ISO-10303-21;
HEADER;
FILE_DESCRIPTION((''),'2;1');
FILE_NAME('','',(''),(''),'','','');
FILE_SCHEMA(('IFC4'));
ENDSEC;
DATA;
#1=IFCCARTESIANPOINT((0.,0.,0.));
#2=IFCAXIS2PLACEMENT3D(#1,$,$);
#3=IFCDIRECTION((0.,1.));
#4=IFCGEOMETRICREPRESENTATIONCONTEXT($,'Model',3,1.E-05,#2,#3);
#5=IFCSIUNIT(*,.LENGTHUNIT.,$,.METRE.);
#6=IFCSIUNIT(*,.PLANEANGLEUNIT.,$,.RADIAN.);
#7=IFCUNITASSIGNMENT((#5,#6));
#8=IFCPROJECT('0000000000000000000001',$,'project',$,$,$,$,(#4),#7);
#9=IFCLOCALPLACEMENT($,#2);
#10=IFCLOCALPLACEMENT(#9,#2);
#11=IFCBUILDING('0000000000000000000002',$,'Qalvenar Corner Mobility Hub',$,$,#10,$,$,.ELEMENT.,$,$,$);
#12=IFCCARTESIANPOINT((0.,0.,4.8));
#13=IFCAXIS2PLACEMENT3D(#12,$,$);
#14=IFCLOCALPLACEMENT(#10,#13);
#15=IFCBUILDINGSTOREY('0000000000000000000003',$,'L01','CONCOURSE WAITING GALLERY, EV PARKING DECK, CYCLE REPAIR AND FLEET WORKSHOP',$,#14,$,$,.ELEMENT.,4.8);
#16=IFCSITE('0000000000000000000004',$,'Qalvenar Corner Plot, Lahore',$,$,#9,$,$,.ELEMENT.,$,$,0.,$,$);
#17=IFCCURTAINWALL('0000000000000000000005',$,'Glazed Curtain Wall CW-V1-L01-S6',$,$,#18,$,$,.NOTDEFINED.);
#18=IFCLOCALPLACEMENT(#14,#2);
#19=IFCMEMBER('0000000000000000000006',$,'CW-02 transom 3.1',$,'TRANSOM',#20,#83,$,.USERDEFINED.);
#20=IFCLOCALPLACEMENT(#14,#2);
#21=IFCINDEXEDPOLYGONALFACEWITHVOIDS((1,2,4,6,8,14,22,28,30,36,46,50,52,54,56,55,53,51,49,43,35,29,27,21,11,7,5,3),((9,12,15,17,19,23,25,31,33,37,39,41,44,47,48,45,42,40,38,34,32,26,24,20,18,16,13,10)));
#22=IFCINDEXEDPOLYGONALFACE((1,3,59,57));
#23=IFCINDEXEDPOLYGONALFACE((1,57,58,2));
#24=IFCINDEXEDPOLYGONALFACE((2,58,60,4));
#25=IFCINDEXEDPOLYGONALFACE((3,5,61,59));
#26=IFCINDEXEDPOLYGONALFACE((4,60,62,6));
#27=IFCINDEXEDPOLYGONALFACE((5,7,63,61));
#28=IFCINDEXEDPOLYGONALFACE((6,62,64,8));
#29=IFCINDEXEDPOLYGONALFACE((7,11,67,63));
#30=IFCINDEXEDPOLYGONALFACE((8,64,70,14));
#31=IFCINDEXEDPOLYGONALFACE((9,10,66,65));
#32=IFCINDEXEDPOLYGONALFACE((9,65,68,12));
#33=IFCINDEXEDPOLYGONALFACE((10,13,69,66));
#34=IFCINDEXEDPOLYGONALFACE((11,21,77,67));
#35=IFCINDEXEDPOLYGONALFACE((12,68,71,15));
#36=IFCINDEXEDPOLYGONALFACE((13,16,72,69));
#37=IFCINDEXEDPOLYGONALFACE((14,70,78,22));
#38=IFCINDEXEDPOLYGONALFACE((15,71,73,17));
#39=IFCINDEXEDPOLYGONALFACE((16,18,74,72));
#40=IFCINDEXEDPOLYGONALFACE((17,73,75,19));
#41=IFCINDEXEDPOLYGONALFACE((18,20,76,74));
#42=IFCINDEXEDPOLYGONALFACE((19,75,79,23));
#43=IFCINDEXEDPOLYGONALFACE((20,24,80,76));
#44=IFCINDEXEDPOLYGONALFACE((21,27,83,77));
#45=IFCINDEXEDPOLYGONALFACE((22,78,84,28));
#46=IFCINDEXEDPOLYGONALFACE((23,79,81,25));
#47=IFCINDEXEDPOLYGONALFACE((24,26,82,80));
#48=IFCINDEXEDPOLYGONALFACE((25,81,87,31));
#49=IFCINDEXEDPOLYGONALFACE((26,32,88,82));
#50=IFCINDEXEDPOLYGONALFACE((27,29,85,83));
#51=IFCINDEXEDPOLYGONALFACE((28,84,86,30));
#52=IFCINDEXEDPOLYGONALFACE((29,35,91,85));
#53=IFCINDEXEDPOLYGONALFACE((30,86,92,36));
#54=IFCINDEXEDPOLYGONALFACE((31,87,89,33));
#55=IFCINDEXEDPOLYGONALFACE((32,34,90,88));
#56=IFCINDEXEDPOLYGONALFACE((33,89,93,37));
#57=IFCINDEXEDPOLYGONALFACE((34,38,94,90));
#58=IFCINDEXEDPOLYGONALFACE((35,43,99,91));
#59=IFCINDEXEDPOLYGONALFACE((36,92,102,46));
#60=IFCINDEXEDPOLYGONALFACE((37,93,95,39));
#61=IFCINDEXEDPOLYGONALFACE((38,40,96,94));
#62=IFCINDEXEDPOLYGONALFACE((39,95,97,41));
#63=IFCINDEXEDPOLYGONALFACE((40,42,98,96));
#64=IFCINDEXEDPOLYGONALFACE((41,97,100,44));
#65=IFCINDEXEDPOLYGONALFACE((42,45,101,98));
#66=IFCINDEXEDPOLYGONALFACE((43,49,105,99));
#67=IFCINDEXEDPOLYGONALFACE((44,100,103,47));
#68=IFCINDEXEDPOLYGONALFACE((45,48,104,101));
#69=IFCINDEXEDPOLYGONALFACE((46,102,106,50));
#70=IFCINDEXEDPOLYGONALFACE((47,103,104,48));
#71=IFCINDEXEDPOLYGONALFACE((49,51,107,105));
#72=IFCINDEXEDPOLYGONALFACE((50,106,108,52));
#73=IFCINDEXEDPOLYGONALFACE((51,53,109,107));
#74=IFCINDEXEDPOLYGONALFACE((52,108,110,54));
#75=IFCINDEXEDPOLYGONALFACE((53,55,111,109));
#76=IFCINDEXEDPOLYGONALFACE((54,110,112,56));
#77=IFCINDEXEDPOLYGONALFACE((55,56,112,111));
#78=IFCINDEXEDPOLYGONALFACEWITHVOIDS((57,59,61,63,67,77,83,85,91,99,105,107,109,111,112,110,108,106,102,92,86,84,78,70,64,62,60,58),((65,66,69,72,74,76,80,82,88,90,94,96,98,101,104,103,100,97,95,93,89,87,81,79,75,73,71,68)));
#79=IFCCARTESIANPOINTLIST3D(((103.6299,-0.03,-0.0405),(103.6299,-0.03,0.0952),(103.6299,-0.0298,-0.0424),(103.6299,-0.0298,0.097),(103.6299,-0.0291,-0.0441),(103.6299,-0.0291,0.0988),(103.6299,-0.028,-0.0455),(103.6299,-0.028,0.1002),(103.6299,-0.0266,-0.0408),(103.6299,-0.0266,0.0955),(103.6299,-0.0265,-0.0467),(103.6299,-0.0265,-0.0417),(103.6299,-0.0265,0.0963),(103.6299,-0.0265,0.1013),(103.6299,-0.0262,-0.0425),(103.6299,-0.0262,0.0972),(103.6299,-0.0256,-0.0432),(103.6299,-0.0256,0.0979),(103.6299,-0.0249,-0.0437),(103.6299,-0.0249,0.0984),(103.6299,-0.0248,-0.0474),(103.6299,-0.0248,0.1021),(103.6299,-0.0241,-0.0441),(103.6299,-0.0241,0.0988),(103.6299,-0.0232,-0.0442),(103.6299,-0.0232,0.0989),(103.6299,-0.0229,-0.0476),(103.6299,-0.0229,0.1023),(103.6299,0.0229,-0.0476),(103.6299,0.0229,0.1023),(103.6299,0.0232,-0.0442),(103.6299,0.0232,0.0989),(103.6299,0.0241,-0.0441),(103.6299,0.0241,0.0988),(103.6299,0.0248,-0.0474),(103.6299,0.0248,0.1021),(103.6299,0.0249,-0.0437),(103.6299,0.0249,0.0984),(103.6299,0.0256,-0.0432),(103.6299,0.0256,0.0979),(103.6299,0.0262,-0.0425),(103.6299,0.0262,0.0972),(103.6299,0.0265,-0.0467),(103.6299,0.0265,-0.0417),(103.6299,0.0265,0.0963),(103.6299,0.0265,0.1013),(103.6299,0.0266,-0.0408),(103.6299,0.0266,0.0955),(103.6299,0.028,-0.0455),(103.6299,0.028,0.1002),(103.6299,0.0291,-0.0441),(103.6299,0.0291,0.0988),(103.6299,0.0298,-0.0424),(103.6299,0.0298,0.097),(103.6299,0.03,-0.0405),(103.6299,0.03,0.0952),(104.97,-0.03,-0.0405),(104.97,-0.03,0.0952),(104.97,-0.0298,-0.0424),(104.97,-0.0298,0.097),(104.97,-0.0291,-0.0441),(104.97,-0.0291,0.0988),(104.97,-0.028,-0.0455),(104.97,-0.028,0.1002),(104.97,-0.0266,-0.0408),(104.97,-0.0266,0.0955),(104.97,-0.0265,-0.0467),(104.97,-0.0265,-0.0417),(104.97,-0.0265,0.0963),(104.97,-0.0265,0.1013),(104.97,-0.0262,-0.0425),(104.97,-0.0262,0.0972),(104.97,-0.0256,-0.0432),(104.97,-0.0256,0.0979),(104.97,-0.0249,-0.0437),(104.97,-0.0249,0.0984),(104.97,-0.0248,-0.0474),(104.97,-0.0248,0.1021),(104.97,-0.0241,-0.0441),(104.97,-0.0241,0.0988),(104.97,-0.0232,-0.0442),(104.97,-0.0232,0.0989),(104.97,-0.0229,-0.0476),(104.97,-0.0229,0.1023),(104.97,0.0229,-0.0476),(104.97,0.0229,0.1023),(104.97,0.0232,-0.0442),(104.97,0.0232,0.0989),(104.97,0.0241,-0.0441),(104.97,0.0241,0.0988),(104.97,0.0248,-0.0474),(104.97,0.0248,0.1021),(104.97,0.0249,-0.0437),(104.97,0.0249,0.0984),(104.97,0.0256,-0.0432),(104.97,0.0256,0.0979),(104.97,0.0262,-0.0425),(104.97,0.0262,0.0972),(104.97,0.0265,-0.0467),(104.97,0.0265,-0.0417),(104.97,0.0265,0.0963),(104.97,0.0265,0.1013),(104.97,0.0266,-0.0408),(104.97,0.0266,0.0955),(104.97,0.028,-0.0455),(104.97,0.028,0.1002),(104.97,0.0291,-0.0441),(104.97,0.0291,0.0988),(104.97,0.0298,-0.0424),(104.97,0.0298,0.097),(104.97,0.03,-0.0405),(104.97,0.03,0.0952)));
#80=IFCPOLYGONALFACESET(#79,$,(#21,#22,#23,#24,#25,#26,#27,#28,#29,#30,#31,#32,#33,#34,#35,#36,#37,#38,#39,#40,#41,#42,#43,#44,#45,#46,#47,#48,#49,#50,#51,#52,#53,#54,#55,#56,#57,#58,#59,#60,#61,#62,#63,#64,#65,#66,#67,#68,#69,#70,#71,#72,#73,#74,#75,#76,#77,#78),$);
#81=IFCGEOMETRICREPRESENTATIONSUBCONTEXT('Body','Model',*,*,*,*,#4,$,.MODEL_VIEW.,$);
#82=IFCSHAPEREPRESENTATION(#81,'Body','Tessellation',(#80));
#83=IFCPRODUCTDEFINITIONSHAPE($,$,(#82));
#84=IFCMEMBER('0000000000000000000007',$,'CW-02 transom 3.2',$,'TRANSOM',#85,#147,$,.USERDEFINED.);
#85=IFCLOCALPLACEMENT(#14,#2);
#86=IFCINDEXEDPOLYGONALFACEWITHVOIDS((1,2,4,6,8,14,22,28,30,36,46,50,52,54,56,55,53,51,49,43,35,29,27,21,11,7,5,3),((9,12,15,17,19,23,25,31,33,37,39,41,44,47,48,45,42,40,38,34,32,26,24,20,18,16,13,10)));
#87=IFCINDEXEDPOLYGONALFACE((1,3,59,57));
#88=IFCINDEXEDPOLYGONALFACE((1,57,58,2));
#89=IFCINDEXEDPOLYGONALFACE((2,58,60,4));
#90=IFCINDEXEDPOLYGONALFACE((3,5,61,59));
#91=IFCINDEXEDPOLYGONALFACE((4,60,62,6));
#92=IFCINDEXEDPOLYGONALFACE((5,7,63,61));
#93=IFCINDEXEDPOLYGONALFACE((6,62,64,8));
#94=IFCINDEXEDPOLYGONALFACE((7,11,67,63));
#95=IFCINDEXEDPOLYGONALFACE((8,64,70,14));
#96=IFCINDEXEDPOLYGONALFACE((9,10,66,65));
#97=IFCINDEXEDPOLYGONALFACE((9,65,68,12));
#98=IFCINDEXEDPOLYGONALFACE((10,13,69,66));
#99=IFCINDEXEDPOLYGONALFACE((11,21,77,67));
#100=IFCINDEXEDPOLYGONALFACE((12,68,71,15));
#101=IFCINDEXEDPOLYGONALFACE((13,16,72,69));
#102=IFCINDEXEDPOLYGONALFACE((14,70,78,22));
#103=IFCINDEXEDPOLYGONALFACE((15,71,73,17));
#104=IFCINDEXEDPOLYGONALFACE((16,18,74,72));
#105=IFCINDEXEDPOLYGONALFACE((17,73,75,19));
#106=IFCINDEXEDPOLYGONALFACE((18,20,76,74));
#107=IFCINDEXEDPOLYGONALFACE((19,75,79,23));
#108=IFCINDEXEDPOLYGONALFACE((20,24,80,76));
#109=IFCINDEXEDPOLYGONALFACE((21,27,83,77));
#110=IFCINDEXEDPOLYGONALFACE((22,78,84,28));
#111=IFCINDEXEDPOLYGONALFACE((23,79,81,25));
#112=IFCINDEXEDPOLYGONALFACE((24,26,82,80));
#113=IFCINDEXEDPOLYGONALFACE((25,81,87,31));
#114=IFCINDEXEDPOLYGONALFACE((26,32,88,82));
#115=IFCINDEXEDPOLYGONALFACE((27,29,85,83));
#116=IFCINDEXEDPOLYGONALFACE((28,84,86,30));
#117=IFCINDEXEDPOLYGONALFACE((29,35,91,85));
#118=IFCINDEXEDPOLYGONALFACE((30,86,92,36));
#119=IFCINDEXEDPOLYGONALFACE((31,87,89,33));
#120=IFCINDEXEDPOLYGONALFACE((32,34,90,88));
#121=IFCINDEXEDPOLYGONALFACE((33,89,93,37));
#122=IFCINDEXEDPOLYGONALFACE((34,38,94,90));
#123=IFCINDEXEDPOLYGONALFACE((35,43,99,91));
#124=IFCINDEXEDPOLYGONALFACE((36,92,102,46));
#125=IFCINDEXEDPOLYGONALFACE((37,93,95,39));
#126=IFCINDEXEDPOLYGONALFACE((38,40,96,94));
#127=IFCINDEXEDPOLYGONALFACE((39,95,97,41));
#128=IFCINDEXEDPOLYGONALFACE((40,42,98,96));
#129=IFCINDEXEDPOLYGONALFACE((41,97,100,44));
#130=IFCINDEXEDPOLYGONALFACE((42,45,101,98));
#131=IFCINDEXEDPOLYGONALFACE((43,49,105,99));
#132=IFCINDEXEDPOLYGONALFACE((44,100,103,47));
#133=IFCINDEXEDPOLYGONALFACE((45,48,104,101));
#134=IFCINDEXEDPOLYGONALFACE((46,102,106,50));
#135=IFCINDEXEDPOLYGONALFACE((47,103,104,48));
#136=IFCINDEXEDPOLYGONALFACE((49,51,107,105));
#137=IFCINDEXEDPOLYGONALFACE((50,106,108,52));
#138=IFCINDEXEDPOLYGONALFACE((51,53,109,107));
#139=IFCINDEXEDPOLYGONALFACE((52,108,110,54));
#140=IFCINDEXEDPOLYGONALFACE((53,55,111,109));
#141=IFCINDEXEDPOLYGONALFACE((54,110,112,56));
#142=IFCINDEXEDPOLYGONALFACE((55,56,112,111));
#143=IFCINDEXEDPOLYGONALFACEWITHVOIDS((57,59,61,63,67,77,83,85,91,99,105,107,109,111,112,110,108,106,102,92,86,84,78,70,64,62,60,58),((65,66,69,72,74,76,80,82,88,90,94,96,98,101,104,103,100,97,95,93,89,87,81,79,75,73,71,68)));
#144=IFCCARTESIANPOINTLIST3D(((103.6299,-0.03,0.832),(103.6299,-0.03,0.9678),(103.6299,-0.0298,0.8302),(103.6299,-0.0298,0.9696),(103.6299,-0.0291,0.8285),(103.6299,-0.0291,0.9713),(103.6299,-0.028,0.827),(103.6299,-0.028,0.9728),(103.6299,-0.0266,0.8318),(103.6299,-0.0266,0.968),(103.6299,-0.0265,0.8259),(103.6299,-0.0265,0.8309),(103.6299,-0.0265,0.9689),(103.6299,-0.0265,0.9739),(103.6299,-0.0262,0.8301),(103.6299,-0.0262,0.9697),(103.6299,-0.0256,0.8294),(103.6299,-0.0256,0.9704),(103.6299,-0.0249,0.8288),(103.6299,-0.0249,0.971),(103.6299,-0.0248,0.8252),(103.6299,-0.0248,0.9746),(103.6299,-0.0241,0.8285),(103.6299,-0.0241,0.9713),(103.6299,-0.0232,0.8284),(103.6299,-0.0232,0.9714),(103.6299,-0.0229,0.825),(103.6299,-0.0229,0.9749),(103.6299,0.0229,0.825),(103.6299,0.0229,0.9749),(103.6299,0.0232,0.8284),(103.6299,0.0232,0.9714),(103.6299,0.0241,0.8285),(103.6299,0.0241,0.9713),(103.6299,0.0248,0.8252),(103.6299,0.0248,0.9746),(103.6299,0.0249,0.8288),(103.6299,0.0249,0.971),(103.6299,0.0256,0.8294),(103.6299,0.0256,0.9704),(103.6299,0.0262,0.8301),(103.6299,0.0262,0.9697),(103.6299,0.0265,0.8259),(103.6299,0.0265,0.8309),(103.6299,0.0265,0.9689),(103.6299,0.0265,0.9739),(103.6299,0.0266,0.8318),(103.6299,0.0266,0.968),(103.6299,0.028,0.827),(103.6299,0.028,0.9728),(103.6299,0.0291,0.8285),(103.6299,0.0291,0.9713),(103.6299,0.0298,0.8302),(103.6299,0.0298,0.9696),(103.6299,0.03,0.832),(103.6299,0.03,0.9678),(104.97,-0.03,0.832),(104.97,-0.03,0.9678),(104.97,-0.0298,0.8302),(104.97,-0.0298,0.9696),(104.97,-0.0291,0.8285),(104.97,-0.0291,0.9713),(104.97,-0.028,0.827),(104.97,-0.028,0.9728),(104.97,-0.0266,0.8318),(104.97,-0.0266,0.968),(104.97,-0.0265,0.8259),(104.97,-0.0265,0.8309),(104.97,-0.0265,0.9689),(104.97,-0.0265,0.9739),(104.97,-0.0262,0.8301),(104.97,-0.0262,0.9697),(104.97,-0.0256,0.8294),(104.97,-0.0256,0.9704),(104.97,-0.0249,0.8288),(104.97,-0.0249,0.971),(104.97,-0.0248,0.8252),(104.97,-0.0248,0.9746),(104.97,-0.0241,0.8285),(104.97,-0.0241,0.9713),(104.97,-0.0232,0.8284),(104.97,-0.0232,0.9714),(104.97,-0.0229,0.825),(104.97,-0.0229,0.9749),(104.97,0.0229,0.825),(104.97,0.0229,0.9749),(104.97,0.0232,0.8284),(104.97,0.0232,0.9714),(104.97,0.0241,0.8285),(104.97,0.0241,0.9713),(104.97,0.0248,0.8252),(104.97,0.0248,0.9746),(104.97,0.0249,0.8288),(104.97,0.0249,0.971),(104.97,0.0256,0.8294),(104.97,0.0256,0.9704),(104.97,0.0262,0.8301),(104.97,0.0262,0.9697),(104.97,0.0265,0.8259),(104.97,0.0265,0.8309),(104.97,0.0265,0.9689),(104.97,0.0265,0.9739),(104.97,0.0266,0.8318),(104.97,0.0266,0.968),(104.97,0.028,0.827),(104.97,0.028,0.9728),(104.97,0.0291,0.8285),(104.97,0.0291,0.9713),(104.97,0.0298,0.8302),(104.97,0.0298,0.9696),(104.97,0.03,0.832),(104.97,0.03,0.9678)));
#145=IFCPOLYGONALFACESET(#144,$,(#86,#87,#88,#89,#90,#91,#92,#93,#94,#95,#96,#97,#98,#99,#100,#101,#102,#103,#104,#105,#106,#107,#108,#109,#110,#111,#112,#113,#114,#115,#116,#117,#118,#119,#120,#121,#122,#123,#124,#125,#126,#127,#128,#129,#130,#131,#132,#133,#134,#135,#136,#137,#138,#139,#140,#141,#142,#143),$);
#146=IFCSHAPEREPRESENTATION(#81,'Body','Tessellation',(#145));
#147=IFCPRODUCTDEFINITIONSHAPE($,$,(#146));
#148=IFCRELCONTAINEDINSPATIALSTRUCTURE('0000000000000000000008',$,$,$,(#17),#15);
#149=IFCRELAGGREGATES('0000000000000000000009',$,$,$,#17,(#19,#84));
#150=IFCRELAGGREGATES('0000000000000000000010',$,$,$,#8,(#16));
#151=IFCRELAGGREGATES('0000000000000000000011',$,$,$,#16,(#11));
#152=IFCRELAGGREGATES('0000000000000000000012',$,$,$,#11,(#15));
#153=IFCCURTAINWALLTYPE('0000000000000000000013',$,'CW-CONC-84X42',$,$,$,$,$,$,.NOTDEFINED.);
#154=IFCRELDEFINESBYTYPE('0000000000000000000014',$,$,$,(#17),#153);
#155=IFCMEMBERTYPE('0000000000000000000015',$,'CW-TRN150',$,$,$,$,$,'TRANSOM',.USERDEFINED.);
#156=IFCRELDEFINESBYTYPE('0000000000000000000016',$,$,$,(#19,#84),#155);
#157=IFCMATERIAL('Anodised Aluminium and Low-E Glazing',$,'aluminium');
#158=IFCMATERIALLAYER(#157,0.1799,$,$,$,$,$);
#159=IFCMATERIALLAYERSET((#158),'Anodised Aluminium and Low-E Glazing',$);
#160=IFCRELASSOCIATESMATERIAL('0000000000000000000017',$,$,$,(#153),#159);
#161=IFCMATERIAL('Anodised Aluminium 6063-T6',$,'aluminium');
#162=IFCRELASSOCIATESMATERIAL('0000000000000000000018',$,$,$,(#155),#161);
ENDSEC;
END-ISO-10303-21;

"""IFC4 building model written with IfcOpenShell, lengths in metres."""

from ifc_helpers import new_model, si_unit, direction, frame, origin, origin_2d, place, context, subcontext, project, spatial, hollow_rectangle, extrude, material, layer, layer_set, material_profile, profile_set, type_object, element, aggregate, save


model = new_model("IFC4")

# Units and contexts
model_context = context("Model", 3, precision=1e-05, world=origin(), true_north=direction((0.0, 1.0)))
body_context = subcontext(model_context, "Body", "Model", "MODEL_VIEW")
ifc_project = project(units=[si_unit("LENGTHUNIT", "METRE"), si_unit("PLANEANGLEUNIT", "RADIAN")], contexts=[model_context])

# Site, building, storey
site_placement = place(None, origin())
site = spatial("IfcSite", under=ifc_project, at=site_placement, Name="Qalvenar Corner Plot, Lahore", CompositionType="ELEMENT", RefElevation=0.0)
building_placement = place(site_placement, origin())
building = spatial("IfcBuilding", under=site, at=building_placement, Name="Qalvenar Corner Mobility Hub", CompositionType="ELEMENT")
storey_placement = place(building_placement, frame((0.0, 0.0, 4.8)))
storey = spatial("IfcBuildingStorey", under=building, at=storey_placement, Name="L01", Description="CONCOURSE WAITING GALLERY, EV PARKING DECK, CYCLE REPAIR AND FLEET WORKSHOP", CompositionType="ELEMENT", Elevation=4.8)

# Curtain wall, members
ifc_material_1 = material(Name="Anodised Aluminium and Low-E Glazing", Category="aluminium")
ifc_layer_1 = layer(ifc_material_1, 0.1799)
ifc_layer_set_1 = layer_set([ifc_layer_1], Name="Anodised Aluminium and Low-E Glazing")
curtain_wall_type = type_object("IfcCurtainWallType", Name="CW-CONC-84X42", PredefinedType="NOTDEFINED", material=ifc_layer_set_1)
curtain_wall_placement = place(storey_placement, origin())
curtain_wall = element("IfcCurtainWall", 1, at=curtain_wall_placement, inside=storey, type_object=curtain_wall_type, Name="Glazed Curtain Wall CW-V1-L01-S6", PredefinedType="NOTDEFINED")
ifc_material_2 = material(Name="Anodised Aluminium 6063-T6", Category="aluminium")
ifc_material_profile_1 = material_profile(ifc_material_2, hollow_rectangle(XDim=0.0601, YDim=0.1499, WallThickness=0.0034, InnerFilletRadius=0.0034, OuterFilletRadius=0.0071, at=origin_2d()), Name="RHS150x60x3.5")
ifc_profile_set_1 = profile_set([ifc_material_profile_1], Name="Anodised Aluminium 6063-T6")
member_type_1 = type_object("IfcMemberType", Name="CW-TRN150", ElementType="TRANSOM", PredefinedType="USERDEFINED", material=ifc_profile_set_1)
member_1_placement = place(storey_placement, frame((103.6299, 0.0, 0.0273), z_axis=(1.0, 0.0, 0.0), x_axis=(0.0, 1.0, 0.0)))
member_1 = element("IfcMember", 2, at=member_1_placement, type_object=member_type_1, Name="CW-02 transom 3.1", ObjectType="TRANSOM", PredefinedType="USERDEFINED", context=body_context, shape_type="SweptSolid", body=[
    extrude(hollow_rectangle(XDim=0.0601, YDim=0.1499, WallThickness=0.0034, InnerFilletRadius=0.0034, OuterFilletRadius=0.0071, at=origin_2d()), origin(), (0.0, 0.0, 1.0), 1.3401),
])
member_2_placement = place(storey_placement, frame((103.6299, 0.0, 0.8999), z_axis=(1.0, 0.0, 0.0), x_axis=(0.0, 1.0, 0.0)))
member_2 = element("IfcMember", 3, at=member_2_placement, type_object=member_type_1, Name="CW-02 transom 3.2", ObjectType="TRANSOM", PredefinedType="USERDEFINED", context=body_context, shape_type="SweptSolid", body=[
    extrude(hollow_rectangle(XDim=0.0601, YDim=0.1499, WallThickness=0.0034, InnerFilletRadius=0.0034, OuterFilletRadius=0.0071, at=origin_2d()), origin(), (0.0, 0.0, 1.0), 1.3401),
])
aggregate(curtain_wall, [member_1, member_2])

save(model, "model.ifc")
